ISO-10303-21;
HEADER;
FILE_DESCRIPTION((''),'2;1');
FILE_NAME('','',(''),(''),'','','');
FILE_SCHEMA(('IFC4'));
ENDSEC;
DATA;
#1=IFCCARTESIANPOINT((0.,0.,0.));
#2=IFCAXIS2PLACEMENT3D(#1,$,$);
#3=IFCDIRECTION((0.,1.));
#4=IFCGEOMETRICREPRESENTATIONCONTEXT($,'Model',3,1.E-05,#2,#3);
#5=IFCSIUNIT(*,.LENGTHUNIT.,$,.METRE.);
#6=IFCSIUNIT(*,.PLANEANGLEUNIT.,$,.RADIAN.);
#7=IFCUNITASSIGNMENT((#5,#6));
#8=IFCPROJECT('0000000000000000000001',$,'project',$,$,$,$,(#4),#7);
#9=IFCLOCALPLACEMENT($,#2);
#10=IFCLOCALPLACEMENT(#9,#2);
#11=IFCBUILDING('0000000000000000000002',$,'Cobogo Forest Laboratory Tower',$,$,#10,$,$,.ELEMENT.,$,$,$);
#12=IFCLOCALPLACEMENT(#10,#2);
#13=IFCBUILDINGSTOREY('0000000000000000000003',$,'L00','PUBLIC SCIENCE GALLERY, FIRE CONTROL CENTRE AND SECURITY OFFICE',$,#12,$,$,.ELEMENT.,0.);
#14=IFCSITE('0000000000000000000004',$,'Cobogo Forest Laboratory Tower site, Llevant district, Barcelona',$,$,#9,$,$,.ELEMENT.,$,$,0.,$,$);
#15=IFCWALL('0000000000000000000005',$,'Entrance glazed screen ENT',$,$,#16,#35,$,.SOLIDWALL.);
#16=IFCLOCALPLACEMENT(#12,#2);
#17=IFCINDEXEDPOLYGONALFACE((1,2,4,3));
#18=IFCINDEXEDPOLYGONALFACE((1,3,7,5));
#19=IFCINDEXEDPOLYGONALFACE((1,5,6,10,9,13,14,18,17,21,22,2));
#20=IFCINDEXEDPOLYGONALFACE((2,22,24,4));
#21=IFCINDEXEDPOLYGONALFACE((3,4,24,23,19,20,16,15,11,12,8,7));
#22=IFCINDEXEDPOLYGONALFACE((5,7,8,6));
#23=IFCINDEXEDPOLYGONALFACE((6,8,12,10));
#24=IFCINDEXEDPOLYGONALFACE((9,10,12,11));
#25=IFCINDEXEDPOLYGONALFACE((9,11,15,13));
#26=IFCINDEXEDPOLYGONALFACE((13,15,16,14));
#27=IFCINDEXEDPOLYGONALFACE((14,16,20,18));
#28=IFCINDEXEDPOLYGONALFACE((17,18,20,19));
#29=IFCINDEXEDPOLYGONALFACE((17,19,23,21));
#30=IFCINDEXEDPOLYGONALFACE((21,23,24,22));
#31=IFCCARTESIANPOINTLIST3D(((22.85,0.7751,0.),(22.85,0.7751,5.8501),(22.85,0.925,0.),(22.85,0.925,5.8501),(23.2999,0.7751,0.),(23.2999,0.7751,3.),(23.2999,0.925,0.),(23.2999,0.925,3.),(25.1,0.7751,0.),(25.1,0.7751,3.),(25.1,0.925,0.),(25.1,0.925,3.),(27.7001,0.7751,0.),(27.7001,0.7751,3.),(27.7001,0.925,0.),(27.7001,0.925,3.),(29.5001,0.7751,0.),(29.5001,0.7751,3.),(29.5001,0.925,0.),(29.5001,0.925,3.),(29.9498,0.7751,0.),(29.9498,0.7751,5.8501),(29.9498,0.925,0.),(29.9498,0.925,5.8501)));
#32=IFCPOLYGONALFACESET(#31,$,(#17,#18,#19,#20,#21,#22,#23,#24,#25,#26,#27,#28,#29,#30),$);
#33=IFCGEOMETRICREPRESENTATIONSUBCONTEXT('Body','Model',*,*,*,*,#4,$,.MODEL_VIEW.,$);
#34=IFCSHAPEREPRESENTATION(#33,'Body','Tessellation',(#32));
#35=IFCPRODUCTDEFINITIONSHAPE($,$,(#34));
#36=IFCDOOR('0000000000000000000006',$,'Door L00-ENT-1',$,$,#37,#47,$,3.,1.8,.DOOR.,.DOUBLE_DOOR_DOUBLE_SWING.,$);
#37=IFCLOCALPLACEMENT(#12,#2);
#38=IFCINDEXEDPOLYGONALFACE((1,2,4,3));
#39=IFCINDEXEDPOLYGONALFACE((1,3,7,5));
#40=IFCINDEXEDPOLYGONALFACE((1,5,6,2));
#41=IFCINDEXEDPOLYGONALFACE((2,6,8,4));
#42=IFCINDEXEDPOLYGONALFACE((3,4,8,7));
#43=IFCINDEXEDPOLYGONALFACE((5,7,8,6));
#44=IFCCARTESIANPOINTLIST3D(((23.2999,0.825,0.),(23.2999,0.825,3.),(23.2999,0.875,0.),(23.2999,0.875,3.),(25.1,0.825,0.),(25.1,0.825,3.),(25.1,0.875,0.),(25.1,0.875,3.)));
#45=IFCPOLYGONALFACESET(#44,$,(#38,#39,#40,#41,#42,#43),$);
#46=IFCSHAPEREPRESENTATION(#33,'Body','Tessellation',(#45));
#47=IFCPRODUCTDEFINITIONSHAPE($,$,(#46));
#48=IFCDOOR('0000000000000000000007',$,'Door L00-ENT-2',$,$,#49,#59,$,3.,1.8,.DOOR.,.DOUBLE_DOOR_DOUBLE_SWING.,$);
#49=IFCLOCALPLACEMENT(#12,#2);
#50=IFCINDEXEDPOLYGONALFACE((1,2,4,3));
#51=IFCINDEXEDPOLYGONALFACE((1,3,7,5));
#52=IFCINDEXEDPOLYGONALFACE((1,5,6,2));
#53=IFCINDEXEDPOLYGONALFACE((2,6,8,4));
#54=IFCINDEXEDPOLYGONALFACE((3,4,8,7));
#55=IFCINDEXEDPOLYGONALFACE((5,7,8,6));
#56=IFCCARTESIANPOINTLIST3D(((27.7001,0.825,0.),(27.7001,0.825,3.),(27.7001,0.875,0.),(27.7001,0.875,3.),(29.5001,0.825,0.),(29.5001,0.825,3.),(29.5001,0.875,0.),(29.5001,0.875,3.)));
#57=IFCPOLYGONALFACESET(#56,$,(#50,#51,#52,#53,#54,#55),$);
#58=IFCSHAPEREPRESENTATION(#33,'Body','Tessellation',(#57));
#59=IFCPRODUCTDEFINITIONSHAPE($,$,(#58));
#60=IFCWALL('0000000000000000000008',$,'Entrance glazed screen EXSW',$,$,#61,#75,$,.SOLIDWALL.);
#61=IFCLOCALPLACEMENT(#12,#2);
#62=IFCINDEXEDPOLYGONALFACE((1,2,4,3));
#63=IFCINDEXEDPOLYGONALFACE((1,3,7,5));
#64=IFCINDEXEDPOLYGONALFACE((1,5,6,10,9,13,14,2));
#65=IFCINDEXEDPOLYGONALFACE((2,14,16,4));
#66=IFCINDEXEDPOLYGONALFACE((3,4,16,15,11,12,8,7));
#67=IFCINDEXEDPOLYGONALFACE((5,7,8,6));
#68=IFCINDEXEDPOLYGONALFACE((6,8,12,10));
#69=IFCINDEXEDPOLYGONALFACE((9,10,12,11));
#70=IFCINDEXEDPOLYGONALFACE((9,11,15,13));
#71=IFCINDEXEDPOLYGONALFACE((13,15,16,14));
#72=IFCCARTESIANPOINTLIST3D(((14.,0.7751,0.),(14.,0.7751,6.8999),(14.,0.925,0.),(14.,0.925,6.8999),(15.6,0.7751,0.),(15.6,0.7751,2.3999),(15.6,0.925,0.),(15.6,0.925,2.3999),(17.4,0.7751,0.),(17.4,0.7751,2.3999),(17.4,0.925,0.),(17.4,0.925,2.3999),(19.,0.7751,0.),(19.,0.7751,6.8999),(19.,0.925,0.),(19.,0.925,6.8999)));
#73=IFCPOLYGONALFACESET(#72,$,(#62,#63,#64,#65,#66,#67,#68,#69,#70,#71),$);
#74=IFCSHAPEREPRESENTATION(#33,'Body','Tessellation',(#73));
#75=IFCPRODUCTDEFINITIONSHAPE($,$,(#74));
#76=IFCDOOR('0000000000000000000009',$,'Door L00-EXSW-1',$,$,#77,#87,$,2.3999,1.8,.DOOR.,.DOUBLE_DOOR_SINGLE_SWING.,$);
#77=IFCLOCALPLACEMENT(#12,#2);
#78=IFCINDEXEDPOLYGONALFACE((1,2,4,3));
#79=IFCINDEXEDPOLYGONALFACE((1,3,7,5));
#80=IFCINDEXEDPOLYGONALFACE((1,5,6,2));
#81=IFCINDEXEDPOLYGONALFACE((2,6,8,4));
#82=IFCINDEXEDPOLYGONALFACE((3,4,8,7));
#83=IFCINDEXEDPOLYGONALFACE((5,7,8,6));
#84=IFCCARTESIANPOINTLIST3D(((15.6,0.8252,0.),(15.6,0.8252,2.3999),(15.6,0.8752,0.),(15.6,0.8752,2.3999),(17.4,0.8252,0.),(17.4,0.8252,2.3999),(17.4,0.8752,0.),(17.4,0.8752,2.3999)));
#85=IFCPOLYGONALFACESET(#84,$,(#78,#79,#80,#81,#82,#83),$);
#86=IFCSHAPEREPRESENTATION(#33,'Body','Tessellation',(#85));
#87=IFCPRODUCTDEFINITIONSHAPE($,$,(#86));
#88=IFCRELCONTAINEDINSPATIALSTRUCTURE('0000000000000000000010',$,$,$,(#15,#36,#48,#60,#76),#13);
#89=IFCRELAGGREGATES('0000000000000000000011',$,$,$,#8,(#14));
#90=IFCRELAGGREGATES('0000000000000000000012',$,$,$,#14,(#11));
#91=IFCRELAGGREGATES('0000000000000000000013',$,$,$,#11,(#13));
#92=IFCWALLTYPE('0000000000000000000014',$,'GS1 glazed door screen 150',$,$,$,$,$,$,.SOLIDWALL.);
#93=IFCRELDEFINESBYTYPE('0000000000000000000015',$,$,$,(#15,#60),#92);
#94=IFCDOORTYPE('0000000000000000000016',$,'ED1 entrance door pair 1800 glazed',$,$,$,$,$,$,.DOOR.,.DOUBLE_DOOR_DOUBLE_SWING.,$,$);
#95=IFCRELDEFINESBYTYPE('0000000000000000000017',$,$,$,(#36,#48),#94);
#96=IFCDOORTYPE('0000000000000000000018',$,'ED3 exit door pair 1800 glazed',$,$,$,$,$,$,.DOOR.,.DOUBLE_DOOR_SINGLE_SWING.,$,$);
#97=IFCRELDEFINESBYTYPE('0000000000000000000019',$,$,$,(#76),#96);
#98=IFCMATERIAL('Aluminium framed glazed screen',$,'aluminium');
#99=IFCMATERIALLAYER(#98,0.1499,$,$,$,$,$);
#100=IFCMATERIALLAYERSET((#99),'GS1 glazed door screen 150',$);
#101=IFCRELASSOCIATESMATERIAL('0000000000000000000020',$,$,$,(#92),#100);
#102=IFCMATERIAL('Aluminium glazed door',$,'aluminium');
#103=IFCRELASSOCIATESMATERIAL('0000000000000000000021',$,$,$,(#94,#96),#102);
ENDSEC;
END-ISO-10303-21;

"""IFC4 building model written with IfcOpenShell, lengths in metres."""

from ifc_helpers import new_model, si_unit, direction, frame, frame_2d, origin, place, context, subcontext, project, spatial, rectangle, extrude, material, layer, layer_set, type_object, element, fill, save


model = new_model("IFC4")

# Units and contexts
model_context = context("Model", 3, precision=1e-05, world=origin(), true_north=direction((0.0, 1.0)))
body_context = subcontext(model_context, "Body", "Model", "MODEL_VIEW")
ifc_project = project(units=[si_unit("LENGTHUNIT", "METRE"), si_unit("PLANEANGLEUNIT", "RADIAN")], contexts=[model_context])

# Site, building, storey
site_placement = place(None, origin())
site = spatial("IfcSite", under=ifc_project, at=site_placement, Name="Cobogo Forest Laboratory Tower site, Llevant district, Barcelona", CompositionType="ELEMENT", RefElevation=0.0)
building_placement = place(site_placement, origin())
building = spatial("IfcBuilding", under=site, at=building_placement, Name="Cobogo Forest Laboratory Tower", CompositionType="ELEMENT")
storey_placement = place(building_placement, origin())
storey = spatial("IfcBuildingStorey", under=building, at=storey_placement, Name="L00", Description="PUBLIC SCIENCE GALLERY, FIRE CONTROL CENTRE AND SECURITY OFFICE", CompositionType="ELEMENT", Elevation=0.0)

# Wall, openings, doors
ifc_material_1 = material(Name="Aluminium framed glazed screen", Category="aluminium")
ifc_layer_1 = layer(ifc_material_1, 0.1499)
ifc_layer_set_1 = layer_set([ifc_layer_1], Name="GS1 glazed door screen 150")
wall_type = type_object("IfcWallType", Name="GS1 glazed door screen 150", PredefinedType="SOLIDWALL", material=ifc_layer_set_1)
wall_1_placement = place(storey_placement, frame((22.8501, 0.8501, 0.0), z_axis=(0.0, 0.0, 1.0), x_axis=(1.0, 0.0, 0.0)))
wall_1 = element("IfcWall", 1, at=wall_1_placement, inside=storey, type_object=wall_type, Name="Entrance glazed screen ENT", PredefinedType="SOLIDWALL", context=body_context, shape_type="SweptSolid", body=[
    extrude(rectangle(XDim=7.0999, YDim=0.1499, at=frame_2d((3.5498, 0.0))), origin(), (0.0, 0.0, 1.0), 5.8501),
])
opening_1_placement = place(wall_1_placement, frame((0.45, 0.0, 0.0)))
opening_1 = element("IfcOpeningElement", 2, at=opening_1_placement, cuts=wall_1, PredefinedType="OPENING", context=body_context, shape_type="SweptSolid", body=[
    extrude(rectangle(XDim=1.8, YDim=3.0, at=frame_2d((0.8999, 1.5))), frame((0.0, 0.085, 0.0), z_axis=(0.0, -1.0, 0.0), x_axis=(1.0, 0.0, 0.0)), (0.0, 0.0, 1.0), 0.1699),
])
opening_2_placement = place(wall_1_placement, frame((4.8501, 0.0, 0.0)))
opening_2 = element("IfcOpeningElement", 3, at=opening_2_placement, cuts=wall_1, PredefinedType="OPENING", context=body_context, shape_type="SweptSolid", body=[
    extrude(rectangle(XDim=1.8, YDim=3.0, at=frame_2d((0.8999, 1.5))), frame((0.0, 0.085, 0.0), z_axis=(0.0, -1.0, 0.0), x_axis=(1.0, 0.0, 0.0)), (0.0, 0.0, 1.0), 0.1699),
])
ifc_material_2 = material(Name="Aluminium glazed door", Category="aluminium")
door_type_1 = type_object("IfcDoorType", Name="ED1 entrance door pair 1800 glazed", OperationType="DOUBLE_DOOR_DOUBLE_SWING", PredefinedType="DOOR", material=ifc_material_2)
door_1_placement = place(opening_1_placement, origin())
door_1 = element("IfcDoor", 4, at=door_1_placement, inside=storey, type_object=door_type_1, Name="Door L00-ENT-1", OperationType="DOUBLE_DOOR_DOUBLE_SWING", OverallHeight=3.0, OverallWidth=1.8, PredefinedType="DOOR", context=body_context, shape_type="SweptSolid", body=[
    extrude(rectangle(XDim=1.8, YDim=3.0, at=frame_2d((0.8999, 1.5))), frame((0.0, 0.0249, 0.0), z_axis=(0.0, -1.0, 0.0), x_axis=(1.0, 0.0, 0.0)), (0.0, 0.0, 1.0), 0.05),
])
fill(opening_1, door_1)
door_2_placement = place(opening_2_placement, origin())
door_2 = element("IfcDoor", 5, at=door_2_placement, inside=storey, type_object=door_type_1, Name="Door L00-ENT-2", OperationType="DOUBLE_DOOR_DOUBLE_SWING", OverallHeight=3.0, OverallWidth=1.8, PredefinedType="DOOR", context=body_context, shape_type="SweptSolid", body=[
    extrude(rectangle(XDim=1.8, YDim=3.0, at=frame_2d((0.8999, 1.5))), frame((0.0, 0.0249, 0.0), z_axis=(0.0, -1.0, 0.0), x_axis=(1.0, 0.0, 0.0)), (0.0, 0.0, 1.0), 0.05),
])
fill(opening_2, door_2)

# Wall, opening, door
wall_2_placement = place(storey_placement, frame((19.0, 0.8501, 0.0), z_axis=(0.0, 0.0, 1.0), x_axis=(-1.0, 0.0, 0.0)))
wall_2 = element("IfcWall", 6, at=wall_2_placement, inside=storey, type_object=wall_type, Name="Entrance glazed screen EXSW", PredefinedType="SOLIDWALL", context=body_context, shape_type="SweptSolid", body=[
    extrude(rectangle(XDim=5.0, YDim=0.1499, at=frame_2d((2.5, 0.0))), origin(), (0.0, 0.0, 1.0), 6.8999),
])
opening_3_placement = place(wall_2_placement, frame((1.6001, 0.0, 0.0)))
opening_3 = element("IfcOpeningElement", 7, at=opening_3_placement, cuts=wall_2, PredefinedType="OPENING", context=body_context, shape_type="SweptSolid", body=[
    extrude(rectangle(XDim=1.8, YDim=2.3999, at=frame_2d((0.8999, 1.2))), frame((0.0, 0.085, 0.0), z_axis=(0.0, -1.0, 0.0), x_axis=(1.0, 0.0, 0.0)), (0.0, 0.0, 1.0), 0.1699),
])
door_type_2 = type_object("IfcDoorType", Name="ED3 exit door pair 1800 glazed", OperationType="DOUBLE_DOOR_SINGLE_SWING", PredefinedType="DOOR", material=ifc_material_2)
door_3_placement = place(opening_3_placement, origin())
door_3 = element("IfcDoor", 8, at=door_3_placement, inside=storey, type_object=door_type_2, Name="Door L00-EXSW-1", OperationType="DOUBLE_DOOR_SINGLE_SWING", OverallHeight=2.3999, OverallWidth=1.8, PredefinedType="DOOR", context=body_context, shape_type="SweptSolid", body=[
    extrude(rectangle(XDim=1.8, YDim=2.3999, at=frame_2d((0.8999, 1.2))), frame((0.0, 0.0249, 0.0), z_axis=(0.0, -1.0, 0.0), x_axis=(1.0, 0.0, 0.0)), (0.0, 0.0, 1.0), 0.05),
])
fill(opening_3, door_3)

save(model, "model.ifc")
